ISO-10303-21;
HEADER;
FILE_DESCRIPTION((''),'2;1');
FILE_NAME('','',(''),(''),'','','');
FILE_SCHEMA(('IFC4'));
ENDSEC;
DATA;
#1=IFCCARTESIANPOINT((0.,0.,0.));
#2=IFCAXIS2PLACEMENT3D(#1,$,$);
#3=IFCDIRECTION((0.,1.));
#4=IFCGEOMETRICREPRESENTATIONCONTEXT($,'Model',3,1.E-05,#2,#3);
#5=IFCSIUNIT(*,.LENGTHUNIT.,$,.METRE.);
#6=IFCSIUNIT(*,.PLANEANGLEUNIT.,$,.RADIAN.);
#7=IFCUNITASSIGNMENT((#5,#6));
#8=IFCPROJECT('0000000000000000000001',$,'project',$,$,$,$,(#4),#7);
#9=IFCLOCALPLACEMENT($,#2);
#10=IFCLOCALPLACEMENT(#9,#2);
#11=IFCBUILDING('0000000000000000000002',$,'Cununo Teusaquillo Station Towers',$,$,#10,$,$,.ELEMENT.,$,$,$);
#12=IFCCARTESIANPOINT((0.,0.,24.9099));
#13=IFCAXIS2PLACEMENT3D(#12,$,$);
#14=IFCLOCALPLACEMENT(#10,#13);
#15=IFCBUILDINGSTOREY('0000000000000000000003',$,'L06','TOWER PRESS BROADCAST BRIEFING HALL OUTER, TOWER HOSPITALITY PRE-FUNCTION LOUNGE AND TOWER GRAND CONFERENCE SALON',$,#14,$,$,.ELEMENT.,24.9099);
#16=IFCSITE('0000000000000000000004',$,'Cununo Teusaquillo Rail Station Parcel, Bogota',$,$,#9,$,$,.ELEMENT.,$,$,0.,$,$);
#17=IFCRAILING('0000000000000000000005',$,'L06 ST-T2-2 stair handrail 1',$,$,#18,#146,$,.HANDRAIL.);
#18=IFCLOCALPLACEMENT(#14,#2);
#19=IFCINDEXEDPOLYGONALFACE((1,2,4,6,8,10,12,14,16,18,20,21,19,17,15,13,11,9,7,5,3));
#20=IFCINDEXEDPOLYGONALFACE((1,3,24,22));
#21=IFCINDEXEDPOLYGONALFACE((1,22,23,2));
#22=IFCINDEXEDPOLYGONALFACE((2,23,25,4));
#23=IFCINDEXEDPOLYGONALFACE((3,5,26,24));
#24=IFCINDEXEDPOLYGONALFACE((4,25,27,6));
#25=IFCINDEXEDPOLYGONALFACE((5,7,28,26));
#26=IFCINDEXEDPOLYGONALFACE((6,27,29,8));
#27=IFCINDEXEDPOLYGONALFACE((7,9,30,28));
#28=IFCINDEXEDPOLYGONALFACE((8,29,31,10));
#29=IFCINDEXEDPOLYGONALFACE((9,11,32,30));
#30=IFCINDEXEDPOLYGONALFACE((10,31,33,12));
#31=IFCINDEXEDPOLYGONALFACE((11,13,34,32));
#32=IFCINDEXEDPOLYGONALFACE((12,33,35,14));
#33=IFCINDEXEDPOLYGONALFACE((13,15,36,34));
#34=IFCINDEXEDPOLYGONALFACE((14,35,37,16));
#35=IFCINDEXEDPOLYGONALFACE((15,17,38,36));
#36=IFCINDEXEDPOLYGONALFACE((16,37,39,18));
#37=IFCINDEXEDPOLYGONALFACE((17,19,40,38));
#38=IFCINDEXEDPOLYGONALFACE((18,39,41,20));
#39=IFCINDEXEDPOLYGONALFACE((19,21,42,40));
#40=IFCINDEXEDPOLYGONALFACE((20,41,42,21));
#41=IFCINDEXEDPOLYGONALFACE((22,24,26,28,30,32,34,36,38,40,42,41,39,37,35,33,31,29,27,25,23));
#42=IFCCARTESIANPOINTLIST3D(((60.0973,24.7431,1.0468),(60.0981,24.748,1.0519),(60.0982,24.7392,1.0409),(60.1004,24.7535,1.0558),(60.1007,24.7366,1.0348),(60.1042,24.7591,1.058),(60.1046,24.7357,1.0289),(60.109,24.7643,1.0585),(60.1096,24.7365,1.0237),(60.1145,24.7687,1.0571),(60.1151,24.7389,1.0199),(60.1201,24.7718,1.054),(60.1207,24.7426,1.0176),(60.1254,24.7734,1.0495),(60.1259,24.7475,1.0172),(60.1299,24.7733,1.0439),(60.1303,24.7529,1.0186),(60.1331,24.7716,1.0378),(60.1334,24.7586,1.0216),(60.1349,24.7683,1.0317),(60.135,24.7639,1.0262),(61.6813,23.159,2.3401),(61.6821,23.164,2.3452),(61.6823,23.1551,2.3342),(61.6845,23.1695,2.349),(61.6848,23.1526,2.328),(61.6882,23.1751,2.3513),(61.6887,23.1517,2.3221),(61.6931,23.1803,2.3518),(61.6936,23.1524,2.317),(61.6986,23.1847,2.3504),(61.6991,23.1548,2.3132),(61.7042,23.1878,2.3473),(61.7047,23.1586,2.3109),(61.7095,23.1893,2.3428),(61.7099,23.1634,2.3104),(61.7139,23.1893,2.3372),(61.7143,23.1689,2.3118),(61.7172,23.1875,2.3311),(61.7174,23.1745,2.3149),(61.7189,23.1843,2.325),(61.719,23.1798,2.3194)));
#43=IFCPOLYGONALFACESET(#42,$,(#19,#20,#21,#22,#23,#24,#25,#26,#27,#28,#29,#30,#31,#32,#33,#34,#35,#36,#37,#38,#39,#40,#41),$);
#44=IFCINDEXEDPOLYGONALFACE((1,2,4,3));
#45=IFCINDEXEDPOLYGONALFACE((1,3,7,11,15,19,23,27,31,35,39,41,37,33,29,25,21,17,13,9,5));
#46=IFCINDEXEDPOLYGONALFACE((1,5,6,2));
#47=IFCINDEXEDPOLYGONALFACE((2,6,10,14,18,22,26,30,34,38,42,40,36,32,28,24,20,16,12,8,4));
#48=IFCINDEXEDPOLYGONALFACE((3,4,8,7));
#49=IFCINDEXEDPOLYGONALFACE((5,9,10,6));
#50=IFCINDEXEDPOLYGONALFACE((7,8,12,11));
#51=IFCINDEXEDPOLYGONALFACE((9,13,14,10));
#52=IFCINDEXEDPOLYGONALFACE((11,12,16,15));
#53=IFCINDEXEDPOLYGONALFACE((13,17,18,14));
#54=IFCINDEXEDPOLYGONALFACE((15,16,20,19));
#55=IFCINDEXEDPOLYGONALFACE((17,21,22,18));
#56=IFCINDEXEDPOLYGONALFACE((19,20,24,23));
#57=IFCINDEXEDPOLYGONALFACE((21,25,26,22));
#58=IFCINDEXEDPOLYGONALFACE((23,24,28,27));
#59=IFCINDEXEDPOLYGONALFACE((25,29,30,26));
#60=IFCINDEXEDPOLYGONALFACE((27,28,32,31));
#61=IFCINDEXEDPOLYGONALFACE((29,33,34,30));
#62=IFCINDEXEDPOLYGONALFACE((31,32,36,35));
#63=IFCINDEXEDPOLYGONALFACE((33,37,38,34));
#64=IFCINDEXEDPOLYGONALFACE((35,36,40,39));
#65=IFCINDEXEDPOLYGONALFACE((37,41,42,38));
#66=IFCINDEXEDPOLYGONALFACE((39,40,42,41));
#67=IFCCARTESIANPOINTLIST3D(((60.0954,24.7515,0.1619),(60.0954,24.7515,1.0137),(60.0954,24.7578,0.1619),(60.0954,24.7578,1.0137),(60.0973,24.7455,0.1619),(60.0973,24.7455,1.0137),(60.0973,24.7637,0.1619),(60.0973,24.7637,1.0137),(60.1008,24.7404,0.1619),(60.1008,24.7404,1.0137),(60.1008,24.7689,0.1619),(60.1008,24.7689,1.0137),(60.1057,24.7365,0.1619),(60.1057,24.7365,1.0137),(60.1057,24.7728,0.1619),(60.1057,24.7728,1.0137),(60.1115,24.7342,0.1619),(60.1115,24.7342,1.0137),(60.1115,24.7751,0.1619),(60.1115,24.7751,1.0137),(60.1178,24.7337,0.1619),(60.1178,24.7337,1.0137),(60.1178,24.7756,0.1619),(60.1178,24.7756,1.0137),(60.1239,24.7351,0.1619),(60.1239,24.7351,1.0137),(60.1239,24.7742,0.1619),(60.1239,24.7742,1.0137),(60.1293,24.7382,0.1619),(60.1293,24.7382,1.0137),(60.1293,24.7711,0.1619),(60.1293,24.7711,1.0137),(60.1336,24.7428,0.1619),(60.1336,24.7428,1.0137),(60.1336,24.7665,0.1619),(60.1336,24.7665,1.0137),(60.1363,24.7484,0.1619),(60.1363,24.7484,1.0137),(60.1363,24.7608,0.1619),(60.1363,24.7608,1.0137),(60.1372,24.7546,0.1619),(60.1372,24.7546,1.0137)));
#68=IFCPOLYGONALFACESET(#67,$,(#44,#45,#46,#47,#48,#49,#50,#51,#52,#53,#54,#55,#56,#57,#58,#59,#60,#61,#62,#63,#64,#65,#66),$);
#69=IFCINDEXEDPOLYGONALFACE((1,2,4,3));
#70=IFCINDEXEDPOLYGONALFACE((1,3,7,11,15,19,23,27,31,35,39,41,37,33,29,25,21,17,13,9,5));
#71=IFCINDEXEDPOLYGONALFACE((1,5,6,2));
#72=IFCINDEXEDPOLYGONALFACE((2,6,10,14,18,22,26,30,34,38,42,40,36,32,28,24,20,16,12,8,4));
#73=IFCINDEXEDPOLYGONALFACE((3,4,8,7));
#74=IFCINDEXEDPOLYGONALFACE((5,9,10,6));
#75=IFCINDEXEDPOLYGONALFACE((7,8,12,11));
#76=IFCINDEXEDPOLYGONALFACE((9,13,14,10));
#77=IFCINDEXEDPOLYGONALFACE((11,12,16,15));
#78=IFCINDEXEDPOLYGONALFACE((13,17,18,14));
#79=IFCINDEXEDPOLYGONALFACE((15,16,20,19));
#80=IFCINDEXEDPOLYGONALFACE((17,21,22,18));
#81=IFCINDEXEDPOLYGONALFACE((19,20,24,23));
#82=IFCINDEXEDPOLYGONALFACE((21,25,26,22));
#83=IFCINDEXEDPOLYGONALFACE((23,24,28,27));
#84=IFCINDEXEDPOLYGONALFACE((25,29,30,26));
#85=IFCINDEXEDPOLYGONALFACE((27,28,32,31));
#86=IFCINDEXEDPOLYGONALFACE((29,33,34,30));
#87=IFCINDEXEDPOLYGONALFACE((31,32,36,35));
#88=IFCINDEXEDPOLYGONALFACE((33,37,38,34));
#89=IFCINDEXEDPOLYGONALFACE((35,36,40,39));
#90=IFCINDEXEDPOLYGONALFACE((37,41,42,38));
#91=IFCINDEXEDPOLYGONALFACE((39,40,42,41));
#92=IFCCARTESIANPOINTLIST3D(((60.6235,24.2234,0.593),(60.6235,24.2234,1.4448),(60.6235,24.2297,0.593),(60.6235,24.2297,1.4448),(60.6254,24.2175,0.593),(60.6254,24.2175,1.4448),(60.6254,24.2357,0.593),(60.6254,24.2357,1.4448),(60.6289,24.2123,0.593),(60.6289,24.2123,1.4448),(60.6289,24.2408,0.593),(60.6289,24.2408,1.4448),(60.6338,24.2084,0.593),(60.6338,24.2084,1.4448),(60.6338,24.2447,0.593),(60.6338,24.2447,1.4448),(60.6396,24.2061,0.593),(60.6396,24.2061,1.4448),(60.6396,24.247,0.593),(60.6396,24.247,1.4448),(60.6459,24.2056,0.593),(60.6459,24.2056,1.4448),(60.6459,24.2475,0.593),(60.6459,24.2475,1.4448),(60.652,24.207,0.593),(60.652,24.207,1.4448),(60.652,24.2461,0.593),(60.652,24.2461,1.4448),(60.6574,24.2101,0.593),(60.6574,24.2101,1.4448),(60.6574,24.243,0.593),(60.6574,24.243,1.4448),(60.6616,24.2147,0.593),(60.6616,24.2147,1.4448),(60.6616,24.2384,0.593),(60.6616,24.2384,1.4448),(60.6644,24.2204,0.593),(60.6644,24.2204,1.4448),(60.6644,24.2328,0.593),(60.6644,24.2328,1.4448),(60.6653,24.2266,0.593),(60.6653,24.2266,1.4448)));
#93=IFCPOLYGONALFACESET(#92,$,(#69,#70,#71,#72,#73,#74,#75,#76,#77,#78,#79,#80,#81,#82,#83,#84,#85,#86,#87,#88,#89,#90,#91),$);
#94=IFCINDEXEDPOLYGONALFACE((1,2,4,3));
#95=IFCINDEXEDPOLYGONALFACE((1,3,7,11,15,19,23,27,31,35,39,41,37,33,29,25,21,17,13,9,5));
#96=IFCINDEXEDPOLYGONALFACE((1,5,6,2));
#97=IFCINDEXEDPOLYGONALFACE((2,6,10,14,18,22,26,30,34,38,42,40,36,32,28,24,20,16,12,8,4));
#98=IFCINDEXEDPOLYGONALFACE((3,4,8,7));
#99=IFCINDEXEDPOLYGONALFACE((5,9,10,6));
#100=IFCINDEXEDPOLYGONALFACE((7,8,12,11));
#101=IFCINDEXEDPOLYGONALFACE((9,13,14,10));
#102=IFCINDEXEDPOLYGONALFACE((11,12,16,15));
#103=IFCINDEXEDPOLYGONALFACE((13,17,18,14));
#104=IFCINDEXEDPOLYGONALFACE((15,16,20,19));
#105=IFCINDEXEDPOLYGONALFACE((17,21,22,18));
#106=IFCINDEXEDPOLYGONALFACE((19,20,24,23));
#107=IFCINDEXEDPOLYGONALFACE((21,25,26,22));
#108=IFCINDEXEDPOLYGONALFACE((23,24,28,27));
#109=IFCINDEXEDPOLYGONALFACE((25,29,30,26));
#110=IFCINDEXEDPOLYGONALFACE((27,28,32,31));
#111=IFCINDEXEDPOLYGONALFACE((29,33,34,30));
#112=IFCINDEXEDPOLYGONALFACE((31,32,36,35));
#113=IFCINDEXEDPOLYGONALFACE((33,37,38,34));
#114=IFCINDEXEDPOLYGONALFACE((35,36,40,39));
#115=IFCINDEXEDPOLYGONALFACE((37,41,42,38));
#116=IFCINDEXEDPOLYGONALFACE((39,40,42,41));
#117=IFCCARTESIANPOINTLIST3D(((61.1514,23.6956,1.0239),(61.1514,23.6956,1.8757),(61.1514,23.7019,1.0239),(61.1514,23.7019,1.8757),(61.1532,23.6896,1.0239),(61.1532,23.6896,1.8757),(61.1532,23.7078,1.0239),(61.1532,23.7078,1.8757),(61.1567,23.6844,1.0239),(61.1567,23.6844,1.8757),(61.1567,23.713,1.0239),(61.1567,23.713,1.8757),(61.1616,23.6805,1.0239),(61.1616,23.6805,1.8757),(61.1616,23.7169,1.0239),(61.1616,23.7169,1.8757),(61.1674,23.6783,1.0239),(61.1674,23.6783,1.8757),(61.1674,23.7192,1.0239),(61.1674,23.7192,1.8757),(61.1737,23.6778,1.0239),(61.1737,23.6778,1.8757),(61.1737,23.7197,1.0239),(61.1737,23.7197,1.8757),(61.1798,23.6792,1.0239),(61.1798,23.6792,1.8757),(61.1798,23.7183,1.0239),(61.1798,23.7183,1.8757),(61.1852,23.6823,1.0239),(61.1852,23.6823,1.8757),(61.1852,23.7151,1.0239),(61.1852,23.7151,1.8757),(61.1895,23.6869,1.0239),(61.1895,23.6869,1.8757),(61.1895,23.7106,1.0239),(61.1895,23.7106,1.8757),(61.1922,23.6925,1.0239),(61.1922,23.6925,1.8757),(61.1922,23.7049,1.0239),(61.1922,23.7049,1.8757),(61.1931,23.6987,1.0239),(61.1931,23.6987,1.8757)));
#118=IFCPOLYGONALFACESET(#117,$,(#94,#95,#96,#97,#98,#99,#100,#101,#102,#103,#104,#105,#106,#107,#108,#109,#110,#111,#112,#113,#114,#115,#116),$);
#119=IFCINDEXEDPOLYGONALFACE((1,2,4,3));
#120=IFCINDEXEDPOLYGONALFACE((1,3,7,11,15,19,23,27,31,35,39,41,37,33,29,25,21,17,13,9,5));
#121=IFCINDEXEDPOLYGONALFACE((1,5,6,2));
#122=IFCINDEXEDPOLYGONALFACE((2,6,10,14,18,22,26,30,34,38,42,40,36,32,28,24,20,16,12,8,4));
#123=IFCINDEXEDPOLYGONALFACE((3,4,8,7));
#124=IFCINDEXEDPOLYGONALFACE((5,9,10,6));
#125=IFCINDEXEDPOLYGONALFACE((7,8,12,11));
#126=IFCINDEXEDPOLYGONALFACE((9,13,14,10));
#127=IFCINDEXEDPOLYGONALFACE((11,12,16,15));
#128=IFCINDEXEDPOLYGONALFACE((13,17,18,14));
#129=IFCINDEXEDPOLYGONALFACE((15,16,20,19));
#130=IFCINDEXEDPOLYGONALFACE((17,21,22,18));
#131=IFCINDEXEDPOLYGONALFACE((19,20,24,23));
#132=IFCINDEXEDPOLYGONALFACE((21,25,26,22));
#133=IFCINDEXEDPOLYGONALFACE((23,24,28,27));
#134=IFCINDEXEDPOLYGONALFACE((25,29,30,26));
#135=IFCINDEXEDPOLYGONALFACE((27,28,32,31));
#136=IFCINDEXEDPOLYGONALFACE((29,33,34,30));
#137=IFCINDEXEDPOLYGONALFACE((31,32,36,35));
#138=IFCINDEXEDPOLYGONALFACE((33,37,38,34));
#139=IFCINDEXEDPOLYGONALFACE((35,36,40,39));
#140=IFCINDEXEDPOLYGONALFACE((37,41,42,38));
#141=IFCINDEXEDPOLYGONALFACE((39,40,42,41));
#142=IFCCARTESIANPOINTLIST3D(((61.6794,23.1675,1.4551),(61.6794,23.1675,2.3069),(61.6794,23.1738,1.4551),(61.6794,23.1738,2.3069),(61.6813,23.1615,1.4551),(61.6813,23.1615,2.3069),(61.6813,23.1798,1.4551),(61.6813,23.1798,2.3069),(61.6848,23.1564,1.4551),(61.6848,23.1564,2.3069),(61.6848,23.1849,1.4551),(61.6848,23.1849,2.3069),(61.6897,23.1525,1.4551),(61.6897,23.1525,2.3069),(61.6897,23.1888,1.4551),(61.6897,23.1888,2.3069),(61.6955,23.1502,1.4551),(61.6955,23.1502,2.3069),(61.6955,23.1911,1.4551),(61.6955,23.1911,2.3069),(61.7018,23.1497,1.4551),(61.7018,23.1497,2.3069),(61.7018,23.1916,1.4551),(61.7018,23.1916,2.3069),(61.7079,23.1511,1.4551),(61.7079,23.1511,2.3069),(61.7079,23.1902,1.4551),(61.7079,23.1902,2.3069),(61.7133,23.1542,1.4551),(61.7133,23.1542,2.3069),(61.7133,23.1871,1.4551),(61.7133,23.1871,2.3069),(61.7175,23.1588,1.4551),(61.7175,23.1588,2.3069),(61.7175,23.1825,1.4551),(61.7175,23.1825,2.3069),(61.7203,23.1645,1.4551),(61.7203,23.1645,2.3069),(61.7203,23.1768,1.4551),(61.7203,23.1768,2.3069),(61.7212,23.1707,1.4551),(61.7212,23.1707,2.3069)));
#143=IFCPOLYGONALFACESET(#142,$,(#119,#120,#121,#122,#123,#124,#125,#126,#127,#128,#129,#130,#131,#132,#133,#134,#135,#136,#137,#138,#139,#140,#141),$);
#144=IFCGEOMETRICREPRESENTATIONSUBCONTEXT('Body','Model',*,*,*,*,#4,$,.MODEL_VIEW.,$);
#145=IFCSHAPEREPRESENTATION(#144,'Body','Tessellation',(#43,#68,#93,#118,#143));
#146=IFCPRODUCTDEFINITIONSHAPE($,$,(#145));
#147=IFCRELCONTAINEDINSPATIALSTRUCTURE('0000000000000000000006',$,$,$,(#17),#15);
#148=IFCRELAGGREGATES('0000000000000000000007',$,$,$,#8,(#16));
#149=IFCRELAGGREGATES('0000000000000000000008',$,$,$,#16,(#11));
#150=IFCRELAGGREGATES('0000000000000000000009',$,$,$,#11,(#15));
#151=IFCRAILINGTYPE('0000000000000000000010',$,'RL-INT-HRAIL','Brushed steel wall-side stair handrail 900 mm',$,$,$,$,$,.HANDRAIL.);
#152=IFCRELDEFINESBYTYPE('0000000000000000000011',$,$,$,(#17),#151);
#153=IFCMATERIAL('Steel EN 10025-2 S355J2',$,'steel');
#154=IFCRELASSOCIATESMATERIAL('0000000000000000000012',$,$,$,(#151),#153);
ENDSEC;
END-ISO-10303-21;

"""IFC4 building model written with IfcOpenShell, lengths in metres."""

from ifc_helpers import new_model, si_unit, direction, frame, origin, origin_2d, place, context, subcontext, project, spatial, circle, extrude, material, type_object, element, save


model = new_model("IFC4")

# Units and contexts
model_context = context("Model", 3, precision=1e-05, world=origin(), true_north=direction((0.0, 1.0)))
body_context = subcontext(model_context, "Body", "Model", "MODEL_VIEW")
ifc_project = project(units=[si_unit("LENGTHUNIT", "METRE"), si_unit("PLANEANGLEUNIT", "RADIAN")], contexts=[model_context])

# Site, building, storey
site_placement = place(None, origin())
site = spatial("IfcSite", under=ifc_project, at=site_placement, Name="Cununo Teusaquillo Rail Station Parcel, Bogota", CompositionType="ELEMENT", RefElevation=0.0)
building_placement = place(site_placement, origin())
building = spatial("IfcBuilding", under=site, at=building_placement, Name="Cununo Teusaquillo Station Towers", CompositionType="ELEMENT")
storey_placement = place(building_placement, frame((0.0, 0.0, 24.9099)))
storey = spatial("IfcBuildingStorey", under=building, at=storey_placement, Name="L06", Description="TOWER PRESS BROADCAST BRIEFING HALL OUTER, TOWER HOSPITALITY PRE-FUNCTION LOUNGE AND TOWER GRAND CONFERENCE SALON", CompositionType="ELEMENT", Elevation=24.9099)

# Railing
ifc_material_1 = material(Name="Steel EN 10025-2 S355J2", Category="steel")
railing_type_1 = type_object("IfcRailingType", Name="RL-INT-HRAIL", Description="Brushed steel wall-side stair handrail 900 mm", PredefinedType="HANDRAIL", material=ifc_material_1)
railing_1_placement = place(storey_placement, frame((60.1162, 24.7546, 0.1619)))
element("IfcRailing", 1, at=railing_1_placement, inside=storey, type_object=railing_type_1, Name="L06 ST-T2-2 stair handrail 1", PredefinedType="HANDRAIL", context=body_context, shape_type="SweptSolid", body=[
    extrude(circle(Radius=0.0239, at=origin_2d()), frame((0.0, 0.0, 0.876), z_axis=(0.612385, -0.612385, 0.49997), x_axis=(0.707107, 0.707107, 0.0)), (0.0, 0.0, 1.0), 2.5867),
    extrude(circle(Radius=0.021, at=origin_2d()), origin(), (0.0, 0.0, 1.0), 0.8518),
    extrude(circle(Radius=0.021, at=origin_2d()), frame((0.5281, -0.5281, 0.4312)), (0.0, 0.0, 1.0), 0.8518),
    extrude(circle(Radius=0.021, at=origin_2d()), frame((1.0559, -1.0559, 0.8621)), (0.0, 0.0, 1.0), 0.8518),
    extrude(circle(Radius=0.021, at=origin_2d()), frame((1.584, -1.584, 1.2932)), (0.0, 0.0, 1.0), 0.8518),
])

save(model, "model.ifc")
